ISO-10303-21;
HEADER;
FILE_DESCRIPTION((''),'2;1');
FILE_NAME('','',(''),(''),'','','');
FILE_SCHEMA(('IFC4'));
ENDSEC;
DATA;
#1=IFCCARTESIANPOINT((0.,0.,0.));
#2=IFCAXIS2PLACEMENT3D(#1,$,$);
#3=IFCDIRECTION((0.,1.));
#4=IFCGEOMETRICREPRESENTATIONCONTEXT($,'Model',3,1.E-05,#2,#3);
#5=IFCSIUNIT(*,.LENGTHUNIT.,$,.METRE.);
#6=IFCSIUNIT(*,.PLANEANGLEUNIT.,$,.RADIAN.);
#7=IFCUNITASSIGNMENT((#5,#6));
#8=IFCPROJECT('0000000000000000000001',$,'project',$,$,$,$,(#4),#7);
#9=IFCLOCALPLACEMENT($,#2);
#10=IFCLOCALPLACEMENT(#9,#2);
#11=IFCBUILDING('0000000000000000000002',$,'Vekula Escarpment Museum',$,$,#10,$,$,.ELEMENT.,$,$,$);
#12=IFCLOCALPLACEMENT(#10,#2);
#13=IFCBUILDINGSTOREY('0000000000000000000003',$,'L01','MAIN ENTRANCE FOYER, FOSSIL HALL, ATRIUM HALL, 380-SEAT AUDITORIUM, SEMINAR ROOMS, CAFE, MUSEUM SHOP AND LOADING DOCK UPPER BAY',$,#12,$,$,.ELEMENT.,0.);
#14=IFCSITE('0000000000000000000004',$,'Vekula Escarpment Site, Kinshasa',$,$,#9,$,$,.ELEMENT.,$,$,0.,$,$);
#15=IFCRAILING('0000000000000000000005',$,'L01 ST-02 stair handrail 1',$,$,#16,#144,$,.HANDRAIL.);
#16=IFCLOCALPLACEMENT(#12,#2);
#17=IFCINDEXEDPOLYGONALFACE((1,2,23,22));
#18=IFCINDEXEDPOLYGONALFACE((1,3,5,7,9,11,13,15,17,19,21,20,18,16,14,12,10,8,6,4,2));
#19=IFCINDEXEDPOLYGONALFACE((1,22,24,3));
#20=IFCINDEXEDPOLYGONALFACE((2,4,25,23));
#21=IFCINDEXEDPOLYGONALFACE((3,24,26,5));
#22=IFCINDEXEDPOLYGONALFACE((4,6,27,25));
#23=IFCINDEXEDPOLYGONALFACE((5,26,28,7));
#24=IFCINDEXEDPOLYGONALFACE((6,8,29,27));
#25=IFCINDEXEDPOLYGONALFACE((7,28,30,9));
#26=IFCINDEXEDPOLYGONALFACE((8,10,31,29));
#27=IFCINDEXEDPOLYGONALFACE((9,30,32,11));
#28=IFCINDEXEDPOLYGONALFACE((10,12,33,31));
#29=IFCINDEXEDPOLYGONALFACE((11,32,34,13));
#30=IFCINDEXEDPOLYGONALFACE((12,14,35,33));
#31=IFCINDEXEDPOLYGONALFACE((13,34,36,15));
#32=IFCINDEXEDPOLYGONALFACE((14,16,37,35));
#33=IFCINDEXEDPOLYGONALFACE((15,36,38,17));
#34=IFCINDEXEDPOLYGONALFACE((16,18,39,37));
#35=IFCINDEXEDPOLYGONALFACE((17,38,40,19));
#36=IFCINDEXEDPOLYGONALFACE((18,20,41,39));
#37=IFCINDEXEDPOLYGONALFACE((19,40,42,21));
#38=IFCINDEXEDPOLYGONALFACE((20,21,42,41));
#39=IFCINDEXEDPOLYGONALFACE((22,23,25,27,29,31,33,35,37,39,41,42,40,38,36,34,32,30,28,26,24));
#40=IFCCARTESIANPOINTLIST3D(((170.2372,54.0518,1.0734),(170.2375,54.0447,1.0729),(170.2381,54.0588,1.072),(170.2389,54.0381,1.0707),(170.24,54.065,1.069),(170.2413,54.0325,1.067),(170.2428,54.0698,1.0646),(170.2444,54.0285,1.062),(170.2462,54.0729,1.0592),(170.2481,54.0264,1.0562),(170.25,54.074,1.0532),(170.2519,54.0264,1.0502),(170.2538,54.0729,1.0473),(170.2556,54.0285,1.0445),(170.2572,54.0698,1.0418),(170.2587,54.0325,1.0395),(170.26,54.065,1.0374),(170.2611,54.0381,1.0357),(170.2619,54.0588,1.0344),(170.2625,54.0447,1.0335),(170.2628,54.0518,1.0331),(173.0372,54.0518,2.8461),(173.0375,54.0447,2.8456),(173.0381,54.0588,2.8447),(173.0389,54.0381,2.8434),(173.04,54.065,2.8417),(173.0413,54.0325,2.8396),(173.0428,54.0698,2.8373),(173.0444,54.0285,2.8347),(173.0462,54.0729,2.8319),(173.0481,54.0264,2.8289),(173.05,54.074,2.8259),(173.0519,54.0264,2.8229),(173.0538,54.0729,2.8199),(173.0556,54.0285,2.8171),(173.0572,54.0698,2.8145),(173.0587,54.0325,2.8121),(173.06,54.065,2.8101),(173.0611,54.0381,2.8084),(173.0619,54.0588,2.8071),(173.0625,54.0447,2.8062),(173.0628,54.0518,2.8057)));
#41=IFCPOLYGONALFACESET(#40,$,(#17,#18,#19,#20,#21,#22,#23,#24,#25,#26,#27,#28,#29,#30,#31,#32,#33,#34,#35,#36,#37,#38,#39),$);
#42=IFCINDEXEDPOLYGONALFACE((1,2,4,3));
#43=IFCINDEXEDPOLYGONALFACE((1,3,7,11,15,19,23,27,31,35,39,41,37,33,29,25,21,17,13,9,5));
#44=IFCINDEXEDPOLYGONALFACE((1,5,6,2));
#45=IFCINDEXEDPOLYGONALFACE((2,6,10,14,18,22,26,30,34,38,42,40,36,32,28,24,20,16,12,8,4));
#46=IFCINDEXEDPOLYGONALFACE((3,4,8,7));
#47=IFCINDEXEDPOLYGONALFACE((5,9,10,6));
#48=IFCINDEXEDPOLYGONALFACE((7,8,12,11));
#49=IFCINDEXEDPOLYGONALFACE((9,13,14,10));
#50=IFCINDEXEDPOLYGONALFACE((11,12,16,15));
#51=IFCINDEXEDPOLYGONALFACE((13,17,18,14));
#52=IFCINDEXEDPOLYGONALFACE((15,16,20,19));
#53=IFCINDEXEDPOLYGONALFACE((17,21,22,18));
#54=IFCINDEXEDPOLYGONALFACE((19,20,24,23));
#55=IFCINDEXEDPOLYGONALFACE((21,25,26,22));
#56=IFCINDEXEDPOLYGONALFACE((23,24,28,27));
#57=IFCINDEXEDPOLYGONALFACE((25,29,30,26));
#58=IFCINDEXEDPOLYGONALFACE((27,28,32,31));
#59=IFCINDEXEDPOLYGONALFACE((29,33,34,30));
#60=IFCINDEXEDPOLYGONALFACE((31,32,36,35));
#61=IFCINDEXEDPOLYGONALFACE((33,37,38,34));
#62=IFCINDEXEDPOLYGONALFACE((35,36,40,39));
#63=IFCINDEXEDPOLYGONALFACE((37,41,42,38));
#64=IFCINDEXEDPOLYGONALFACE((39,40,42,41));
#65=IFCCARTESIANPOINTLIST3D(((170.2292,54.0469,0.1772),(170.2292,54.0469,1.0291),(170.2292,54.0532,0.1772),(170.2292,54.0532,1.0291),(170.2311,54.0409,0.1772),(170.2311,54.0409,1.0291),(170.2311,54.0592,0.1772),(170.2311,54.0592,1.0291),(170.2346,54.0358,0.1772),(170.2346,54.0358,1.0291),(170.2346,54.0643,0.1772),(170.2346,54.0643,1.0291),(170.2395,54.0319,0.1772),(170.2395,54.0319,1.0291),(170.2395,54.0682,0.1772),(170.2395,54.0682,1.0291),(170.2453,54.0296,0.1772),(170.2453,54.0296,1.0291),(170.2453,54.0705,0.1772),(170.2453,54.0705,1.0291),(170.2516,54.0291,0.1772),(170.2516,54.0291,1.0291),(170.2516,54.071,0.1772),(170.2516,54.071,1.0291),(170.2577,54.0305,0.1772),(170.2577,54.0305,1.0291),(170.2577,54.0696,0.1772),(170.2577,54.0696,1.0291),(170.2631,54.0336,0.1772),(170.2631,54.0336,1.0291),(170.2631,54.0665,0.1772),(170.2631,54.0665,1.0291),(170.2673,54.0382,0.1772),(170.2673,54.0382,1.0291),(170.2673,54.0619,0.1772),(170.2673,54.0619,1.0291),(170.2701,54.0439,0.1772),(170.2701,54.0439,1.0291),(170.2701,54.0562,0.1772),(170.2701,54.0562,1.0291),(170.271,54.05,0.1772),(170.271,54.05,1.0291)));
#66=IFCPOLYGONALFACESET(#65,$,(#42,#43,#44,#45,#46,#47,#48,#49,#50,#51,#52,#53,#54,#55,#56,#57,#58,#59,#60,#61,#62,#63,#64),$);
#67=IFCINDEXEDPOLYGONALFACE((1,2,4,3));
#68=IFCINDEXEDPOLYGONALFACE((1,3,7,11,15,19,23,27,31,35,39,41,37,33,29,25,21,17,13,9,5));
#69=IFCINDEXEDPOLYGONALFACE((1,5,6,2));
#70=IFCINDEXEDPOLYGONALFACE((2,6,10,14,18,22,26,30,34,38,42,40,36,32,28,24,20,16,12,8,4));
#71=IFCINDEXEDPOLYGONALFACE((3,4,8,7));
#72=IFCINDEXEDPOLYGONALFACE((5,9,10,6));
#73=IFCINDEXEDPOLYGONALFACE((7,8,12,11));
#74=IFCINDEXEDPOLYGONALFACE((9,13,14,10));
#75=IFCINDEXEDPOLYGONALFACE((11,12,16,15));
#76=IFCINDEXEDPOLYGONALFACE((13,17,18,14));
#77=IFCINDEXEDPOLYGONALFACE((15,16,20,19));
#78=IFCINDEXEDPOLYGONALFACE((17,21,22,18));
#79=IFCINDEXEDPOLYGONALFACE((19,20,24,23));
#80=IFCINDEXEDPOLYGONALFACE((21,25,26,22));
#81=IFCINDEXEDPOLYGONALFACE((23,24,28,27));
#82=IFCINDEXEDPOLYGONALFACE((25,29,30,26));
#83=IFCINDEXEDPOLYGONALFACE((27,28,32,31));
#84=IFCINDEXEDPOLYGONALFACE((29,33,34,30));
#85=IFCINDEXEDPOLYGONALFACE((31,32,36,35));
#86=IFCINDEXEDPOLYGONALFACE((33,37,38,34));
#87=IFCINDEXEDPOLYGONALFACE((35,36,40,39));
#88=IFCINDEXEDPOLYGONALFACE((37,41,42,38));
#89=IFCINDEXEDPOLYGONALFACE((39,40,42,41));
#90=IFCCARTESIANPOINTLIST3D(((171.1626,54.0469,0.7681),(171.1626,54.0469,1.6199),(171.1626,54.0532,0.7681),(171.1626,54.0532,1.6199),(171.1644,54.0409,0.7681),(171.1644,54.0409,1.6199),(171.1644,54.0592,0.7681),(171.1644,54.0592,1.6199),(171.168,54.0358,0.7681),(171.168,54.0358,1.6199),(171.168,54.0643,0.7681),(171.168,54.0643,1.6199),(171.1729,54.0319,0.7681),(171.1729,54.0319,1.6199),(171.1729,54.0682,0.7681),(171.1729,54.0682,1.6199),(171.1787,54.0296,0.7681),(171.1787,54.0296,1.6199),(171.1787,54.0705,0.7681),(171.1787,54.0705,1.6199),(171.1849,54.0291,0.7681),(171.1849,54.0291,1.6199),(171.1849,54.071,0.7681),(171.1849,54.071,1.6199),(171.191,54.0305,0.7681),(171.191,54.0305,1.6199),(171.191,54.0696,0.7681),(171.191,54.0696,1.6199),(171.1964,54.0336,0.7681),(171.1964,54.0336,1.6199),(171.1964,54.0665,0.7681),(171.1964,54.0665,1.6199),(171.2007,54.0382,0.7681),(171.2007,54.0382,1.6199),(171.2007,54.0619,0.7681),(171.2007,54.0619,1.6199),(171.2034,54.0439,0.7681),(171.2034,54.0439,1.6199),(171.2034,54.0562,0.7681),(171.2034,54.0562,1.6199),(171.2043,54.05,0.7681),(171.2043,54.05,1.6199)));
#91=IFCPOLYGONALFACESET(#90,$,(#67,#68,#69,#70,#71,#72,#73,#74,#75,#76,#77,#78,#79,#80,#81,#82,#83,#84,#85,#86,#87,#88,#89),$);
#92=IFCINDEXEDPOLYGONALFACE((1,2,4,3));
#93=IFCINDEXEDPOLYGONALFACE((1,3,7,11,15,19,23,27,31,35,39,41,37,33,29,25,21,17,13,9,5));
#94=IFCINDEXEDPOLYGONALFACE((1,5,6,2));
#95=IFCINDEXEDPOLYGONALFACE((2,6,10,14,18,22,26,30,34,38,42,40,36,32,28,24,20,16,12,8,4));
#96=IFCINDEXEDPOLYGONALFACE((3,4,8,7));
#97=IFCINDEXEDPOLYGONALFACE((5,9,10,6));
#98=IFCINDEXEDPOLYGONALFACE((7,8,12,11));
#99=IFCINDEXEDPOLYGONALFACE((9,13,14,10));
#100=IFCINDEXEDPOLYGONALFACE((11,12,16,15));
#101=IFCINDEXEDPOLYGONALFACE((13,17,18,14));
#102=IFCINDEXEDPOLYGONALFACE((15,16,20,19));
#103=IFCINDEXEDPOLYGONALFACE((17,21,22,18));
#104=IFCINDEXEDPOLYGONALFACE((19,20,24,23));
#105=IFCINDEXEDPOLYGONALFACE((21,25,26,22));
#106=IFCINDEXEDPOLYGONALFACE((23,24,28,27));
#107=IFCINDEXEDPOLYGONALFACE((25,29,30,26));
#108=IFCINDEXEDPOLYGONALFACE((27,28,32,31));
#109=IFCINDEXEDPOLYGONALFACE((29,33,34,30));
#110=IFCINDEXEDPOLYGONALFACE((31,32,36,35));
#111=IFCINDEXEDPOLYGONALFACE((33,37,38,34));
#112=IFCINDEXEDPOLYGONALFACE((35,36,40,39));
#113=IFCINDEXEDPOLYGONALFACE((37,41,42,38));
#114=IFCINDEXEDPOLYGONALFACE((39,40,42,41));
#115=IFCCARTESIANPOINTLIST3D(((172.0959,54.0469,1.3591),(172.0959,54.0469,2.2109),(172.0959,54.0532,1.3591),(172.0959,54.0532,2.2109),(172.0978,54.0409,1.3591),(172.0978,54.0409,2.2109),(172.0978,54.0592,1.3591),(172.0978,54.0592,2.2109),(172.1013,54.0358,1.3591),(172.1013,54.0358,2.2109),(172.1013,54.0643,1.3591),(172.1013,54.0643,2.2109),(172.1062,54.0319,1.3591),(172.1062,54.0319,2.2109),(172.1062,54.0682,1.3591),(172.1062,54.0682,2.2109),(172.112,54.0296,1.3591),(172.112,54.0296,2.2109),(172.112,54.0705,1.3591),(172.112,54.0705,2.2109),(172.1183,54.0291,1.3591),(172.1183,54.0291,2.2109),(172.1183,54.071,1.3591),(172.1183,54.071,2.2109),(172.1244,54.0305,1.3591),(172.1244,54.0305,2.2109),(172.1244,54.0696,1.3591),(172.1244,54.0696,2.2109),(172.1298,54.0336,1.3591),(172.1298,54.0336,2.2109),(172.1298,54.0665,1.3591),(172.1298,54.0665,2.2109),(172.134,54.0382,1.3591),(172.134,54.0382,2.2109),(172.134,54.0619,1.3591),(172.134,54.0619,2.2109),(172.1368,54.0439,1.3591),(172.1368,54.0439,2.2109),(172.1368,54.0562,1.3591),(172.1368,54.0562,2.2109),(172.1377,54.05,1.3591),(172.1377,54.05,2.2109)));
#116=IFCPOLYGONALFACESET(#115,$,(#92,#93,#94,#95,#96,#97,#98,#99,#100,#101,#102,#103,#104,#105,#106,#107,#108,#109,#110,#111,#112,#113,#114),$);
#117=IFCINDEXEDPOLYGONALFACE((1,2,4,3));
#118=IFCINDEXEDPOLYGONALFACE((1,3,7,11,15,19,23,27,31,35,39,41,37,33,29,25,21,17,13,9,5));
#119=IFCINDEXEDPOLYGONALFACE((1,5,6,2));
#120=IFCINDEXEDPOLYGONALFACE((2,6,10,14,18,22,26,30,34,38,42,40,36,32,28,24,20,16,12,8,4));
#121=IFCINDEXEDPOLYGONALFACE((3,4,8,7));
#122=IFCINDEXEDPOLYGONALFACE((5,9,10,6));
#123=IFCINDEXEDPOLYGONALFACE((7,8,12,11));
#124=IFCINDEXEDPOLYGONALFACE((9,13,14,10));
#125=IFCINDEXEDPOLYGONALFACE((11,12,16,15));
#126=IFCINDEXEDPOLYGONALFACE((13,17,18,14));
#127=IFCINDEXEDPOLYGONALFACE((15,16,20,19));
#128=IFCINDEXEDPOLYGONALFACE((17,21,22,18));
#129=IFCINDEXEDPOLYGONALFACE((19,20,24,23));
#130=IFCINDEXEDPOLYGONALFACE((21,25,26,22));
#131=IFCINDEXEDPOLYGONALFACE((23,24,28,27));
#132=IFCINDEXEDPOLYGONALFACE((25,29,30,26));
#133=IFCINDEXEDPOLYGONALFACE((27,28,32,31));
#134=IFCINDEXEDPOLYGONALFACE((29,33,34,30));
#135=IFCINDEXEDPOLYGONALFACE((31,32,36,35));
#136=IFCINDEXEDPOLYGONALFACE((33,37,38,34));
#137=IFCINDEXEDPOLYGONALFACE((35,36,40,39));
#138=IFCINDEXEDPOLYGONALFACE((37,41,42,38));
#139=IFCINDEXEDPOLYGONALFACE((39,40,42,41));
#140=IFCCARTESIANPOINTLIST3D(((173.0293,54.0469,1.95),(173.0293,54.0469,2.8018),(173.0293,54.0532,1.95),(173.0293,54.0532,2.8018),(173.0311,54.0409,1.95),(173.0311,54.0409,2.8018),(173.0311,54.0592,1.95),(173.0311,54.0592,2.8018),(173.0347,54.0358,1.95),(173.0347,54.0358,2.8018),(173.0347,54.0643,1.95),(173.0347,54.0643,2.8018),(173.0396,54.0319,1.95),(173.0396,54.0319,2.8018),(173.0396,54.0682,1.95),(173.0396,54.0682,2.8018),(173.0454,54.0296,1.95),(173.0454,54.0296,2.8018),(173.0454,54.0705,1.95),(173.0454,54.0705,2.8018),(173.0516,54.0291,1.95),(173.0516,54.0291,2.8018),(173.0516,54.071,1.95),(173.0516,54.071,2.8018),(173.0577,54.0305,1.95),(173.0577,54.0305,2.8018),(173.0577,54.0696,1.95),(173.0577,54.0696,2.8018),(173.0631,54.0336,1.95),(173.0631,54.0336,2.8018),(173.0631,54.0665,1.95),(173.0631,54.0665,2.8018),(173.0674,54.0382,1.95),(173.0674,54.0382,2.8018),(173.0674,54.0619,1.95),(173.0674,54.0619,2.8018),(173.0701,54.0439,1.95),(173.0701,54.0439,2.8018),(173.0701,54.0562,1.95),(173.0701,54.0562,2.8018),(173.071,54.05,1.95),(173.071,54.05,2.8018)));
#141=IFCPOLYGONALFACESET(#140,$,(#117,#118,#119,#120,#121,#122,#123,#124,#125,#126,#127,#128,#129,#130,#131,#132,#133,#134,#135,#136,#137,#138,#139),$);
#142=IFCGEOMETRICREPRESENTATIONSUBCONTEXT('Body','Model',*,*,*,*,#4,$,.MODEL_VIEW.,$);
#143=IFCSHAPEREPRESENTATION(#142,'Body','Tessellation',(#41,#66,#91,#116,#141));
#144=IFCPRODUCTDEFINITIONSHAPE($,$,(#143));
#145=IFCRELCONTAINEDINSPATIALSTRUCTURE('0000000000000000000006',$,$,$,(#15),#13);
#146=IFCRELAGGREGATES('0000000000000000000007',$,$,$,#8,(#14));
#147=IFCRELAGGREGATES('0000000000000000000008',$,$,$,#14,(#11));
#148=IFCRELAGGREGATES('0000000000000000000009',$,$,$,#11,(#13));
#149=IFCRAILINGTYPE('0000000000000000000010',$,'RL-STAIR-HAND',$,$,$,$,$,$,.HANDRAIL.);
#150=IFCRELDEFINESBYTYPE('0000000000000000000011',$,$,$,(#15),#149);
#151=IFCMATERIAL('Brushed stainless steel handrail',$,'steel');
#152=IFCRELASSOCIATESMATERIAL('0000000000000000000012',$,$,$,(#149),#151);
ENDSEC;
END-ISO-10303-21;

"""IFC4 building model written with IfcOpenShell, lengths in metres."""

from ifc_helpers import new_model, si_unit, direction, frame, origin, origin_2d, place, context, subcontext, project, spatial, circle, extrude, material, type_object, element, save


model = new_model("IFC4")

# Units and contexts
model_context = context("Model", 3, precision=1e-05, world=origin(), true_north=direction((0.0, 1.0)))
body_context = subcontext(model_context, "Body", "Model", "MODEL_VIEW")
ifc_project = project(units=[si_unit("LENGTHUNIT", "METRE"), si_unit("PLANEANGLEUNIT", "RADIAN")], contexts=[model_context])

# Site, building, storey
site_placement = place(None, origin())
site = spatial("IfcSite", under=ifc_project, at=site_placement, Name="Vekula Escarpment Site, Kinshasa", CompositionType="ELEMENT", RefElevation=0.0)
building_placement = place(site_placement, origin())
building = spatial("IfcBuilding", under=site, at=building_placement, Name="Vekula Escarpment Museum", CompositionType="ELEMENT")
storey_placement = place(building_placement, origin())
storey = spatial("IfcBuildingStorey", under=building, at=storey_placement, Name="L01", Description="MAIN ENTRANCE FOYER, FOSSIL HALL, ATRIUM HALL, 380-SEAT AUDITORIUM, SEMINAR ROOMS, CAFE, MUSEUM SHOP AND LOADING DOCK UPPER BAY", CompositionType="ELEMENT", Elevation=0.0)

# Railing
ifc_material_1 = material(Name="Brushed stainless steel handrail", Category="steel")
railing_type_1 = type_object("IfcRailingType", Name="RL-STAIR-HAND", PredefinedType="HANDRAIL", material=ifc_material_1)
for number, where, name in (
    (1, (170.25, 54.05, 0.1772), "L01 ST-02 stair handrail 1"),
):
    element("IfcRailing", number, at=place(storey_placement, frame(where)), inside=storey, type_object=railing_type_1, Name=name, PredefinedType="HANDRAIL", context=body_context, shape_type="SweptSolid", body=[
        extrude(circle(Radius=0.0239, at=origin_2d()), frame((0.0, 0.0, 0.876), z_axis=(0.844909, 0.0, 0.53491), x_axis=(0.0, 1.0, 0.0)), (0.0, 0.0, 1.0), 3.314),
        extrude(circle(Radius=0.021, at=origin_2d()), origin(), (0.0, 0.0, 1.0), 0.8518),
        extrude(circle(Radius=0.021, at=origin_2d()), frame((0.9333, 0.0, 0.5908)), (0.0, 0.0, 1.0), 0.8518),
        extrude(circle(Radius=0.021, at=origin_2d()), frame((1.8667, 0.0, 1.1819)), (0.0, 0.0, 1.0), 0.8518),
        extrude(circle(Radius=0.021, at=origin_2d()), frame((2.8, 0.0, 1.7727)), (0.0, 0.0, 1.0), 0.8518),
    ])

save(model, "model.ifc")
